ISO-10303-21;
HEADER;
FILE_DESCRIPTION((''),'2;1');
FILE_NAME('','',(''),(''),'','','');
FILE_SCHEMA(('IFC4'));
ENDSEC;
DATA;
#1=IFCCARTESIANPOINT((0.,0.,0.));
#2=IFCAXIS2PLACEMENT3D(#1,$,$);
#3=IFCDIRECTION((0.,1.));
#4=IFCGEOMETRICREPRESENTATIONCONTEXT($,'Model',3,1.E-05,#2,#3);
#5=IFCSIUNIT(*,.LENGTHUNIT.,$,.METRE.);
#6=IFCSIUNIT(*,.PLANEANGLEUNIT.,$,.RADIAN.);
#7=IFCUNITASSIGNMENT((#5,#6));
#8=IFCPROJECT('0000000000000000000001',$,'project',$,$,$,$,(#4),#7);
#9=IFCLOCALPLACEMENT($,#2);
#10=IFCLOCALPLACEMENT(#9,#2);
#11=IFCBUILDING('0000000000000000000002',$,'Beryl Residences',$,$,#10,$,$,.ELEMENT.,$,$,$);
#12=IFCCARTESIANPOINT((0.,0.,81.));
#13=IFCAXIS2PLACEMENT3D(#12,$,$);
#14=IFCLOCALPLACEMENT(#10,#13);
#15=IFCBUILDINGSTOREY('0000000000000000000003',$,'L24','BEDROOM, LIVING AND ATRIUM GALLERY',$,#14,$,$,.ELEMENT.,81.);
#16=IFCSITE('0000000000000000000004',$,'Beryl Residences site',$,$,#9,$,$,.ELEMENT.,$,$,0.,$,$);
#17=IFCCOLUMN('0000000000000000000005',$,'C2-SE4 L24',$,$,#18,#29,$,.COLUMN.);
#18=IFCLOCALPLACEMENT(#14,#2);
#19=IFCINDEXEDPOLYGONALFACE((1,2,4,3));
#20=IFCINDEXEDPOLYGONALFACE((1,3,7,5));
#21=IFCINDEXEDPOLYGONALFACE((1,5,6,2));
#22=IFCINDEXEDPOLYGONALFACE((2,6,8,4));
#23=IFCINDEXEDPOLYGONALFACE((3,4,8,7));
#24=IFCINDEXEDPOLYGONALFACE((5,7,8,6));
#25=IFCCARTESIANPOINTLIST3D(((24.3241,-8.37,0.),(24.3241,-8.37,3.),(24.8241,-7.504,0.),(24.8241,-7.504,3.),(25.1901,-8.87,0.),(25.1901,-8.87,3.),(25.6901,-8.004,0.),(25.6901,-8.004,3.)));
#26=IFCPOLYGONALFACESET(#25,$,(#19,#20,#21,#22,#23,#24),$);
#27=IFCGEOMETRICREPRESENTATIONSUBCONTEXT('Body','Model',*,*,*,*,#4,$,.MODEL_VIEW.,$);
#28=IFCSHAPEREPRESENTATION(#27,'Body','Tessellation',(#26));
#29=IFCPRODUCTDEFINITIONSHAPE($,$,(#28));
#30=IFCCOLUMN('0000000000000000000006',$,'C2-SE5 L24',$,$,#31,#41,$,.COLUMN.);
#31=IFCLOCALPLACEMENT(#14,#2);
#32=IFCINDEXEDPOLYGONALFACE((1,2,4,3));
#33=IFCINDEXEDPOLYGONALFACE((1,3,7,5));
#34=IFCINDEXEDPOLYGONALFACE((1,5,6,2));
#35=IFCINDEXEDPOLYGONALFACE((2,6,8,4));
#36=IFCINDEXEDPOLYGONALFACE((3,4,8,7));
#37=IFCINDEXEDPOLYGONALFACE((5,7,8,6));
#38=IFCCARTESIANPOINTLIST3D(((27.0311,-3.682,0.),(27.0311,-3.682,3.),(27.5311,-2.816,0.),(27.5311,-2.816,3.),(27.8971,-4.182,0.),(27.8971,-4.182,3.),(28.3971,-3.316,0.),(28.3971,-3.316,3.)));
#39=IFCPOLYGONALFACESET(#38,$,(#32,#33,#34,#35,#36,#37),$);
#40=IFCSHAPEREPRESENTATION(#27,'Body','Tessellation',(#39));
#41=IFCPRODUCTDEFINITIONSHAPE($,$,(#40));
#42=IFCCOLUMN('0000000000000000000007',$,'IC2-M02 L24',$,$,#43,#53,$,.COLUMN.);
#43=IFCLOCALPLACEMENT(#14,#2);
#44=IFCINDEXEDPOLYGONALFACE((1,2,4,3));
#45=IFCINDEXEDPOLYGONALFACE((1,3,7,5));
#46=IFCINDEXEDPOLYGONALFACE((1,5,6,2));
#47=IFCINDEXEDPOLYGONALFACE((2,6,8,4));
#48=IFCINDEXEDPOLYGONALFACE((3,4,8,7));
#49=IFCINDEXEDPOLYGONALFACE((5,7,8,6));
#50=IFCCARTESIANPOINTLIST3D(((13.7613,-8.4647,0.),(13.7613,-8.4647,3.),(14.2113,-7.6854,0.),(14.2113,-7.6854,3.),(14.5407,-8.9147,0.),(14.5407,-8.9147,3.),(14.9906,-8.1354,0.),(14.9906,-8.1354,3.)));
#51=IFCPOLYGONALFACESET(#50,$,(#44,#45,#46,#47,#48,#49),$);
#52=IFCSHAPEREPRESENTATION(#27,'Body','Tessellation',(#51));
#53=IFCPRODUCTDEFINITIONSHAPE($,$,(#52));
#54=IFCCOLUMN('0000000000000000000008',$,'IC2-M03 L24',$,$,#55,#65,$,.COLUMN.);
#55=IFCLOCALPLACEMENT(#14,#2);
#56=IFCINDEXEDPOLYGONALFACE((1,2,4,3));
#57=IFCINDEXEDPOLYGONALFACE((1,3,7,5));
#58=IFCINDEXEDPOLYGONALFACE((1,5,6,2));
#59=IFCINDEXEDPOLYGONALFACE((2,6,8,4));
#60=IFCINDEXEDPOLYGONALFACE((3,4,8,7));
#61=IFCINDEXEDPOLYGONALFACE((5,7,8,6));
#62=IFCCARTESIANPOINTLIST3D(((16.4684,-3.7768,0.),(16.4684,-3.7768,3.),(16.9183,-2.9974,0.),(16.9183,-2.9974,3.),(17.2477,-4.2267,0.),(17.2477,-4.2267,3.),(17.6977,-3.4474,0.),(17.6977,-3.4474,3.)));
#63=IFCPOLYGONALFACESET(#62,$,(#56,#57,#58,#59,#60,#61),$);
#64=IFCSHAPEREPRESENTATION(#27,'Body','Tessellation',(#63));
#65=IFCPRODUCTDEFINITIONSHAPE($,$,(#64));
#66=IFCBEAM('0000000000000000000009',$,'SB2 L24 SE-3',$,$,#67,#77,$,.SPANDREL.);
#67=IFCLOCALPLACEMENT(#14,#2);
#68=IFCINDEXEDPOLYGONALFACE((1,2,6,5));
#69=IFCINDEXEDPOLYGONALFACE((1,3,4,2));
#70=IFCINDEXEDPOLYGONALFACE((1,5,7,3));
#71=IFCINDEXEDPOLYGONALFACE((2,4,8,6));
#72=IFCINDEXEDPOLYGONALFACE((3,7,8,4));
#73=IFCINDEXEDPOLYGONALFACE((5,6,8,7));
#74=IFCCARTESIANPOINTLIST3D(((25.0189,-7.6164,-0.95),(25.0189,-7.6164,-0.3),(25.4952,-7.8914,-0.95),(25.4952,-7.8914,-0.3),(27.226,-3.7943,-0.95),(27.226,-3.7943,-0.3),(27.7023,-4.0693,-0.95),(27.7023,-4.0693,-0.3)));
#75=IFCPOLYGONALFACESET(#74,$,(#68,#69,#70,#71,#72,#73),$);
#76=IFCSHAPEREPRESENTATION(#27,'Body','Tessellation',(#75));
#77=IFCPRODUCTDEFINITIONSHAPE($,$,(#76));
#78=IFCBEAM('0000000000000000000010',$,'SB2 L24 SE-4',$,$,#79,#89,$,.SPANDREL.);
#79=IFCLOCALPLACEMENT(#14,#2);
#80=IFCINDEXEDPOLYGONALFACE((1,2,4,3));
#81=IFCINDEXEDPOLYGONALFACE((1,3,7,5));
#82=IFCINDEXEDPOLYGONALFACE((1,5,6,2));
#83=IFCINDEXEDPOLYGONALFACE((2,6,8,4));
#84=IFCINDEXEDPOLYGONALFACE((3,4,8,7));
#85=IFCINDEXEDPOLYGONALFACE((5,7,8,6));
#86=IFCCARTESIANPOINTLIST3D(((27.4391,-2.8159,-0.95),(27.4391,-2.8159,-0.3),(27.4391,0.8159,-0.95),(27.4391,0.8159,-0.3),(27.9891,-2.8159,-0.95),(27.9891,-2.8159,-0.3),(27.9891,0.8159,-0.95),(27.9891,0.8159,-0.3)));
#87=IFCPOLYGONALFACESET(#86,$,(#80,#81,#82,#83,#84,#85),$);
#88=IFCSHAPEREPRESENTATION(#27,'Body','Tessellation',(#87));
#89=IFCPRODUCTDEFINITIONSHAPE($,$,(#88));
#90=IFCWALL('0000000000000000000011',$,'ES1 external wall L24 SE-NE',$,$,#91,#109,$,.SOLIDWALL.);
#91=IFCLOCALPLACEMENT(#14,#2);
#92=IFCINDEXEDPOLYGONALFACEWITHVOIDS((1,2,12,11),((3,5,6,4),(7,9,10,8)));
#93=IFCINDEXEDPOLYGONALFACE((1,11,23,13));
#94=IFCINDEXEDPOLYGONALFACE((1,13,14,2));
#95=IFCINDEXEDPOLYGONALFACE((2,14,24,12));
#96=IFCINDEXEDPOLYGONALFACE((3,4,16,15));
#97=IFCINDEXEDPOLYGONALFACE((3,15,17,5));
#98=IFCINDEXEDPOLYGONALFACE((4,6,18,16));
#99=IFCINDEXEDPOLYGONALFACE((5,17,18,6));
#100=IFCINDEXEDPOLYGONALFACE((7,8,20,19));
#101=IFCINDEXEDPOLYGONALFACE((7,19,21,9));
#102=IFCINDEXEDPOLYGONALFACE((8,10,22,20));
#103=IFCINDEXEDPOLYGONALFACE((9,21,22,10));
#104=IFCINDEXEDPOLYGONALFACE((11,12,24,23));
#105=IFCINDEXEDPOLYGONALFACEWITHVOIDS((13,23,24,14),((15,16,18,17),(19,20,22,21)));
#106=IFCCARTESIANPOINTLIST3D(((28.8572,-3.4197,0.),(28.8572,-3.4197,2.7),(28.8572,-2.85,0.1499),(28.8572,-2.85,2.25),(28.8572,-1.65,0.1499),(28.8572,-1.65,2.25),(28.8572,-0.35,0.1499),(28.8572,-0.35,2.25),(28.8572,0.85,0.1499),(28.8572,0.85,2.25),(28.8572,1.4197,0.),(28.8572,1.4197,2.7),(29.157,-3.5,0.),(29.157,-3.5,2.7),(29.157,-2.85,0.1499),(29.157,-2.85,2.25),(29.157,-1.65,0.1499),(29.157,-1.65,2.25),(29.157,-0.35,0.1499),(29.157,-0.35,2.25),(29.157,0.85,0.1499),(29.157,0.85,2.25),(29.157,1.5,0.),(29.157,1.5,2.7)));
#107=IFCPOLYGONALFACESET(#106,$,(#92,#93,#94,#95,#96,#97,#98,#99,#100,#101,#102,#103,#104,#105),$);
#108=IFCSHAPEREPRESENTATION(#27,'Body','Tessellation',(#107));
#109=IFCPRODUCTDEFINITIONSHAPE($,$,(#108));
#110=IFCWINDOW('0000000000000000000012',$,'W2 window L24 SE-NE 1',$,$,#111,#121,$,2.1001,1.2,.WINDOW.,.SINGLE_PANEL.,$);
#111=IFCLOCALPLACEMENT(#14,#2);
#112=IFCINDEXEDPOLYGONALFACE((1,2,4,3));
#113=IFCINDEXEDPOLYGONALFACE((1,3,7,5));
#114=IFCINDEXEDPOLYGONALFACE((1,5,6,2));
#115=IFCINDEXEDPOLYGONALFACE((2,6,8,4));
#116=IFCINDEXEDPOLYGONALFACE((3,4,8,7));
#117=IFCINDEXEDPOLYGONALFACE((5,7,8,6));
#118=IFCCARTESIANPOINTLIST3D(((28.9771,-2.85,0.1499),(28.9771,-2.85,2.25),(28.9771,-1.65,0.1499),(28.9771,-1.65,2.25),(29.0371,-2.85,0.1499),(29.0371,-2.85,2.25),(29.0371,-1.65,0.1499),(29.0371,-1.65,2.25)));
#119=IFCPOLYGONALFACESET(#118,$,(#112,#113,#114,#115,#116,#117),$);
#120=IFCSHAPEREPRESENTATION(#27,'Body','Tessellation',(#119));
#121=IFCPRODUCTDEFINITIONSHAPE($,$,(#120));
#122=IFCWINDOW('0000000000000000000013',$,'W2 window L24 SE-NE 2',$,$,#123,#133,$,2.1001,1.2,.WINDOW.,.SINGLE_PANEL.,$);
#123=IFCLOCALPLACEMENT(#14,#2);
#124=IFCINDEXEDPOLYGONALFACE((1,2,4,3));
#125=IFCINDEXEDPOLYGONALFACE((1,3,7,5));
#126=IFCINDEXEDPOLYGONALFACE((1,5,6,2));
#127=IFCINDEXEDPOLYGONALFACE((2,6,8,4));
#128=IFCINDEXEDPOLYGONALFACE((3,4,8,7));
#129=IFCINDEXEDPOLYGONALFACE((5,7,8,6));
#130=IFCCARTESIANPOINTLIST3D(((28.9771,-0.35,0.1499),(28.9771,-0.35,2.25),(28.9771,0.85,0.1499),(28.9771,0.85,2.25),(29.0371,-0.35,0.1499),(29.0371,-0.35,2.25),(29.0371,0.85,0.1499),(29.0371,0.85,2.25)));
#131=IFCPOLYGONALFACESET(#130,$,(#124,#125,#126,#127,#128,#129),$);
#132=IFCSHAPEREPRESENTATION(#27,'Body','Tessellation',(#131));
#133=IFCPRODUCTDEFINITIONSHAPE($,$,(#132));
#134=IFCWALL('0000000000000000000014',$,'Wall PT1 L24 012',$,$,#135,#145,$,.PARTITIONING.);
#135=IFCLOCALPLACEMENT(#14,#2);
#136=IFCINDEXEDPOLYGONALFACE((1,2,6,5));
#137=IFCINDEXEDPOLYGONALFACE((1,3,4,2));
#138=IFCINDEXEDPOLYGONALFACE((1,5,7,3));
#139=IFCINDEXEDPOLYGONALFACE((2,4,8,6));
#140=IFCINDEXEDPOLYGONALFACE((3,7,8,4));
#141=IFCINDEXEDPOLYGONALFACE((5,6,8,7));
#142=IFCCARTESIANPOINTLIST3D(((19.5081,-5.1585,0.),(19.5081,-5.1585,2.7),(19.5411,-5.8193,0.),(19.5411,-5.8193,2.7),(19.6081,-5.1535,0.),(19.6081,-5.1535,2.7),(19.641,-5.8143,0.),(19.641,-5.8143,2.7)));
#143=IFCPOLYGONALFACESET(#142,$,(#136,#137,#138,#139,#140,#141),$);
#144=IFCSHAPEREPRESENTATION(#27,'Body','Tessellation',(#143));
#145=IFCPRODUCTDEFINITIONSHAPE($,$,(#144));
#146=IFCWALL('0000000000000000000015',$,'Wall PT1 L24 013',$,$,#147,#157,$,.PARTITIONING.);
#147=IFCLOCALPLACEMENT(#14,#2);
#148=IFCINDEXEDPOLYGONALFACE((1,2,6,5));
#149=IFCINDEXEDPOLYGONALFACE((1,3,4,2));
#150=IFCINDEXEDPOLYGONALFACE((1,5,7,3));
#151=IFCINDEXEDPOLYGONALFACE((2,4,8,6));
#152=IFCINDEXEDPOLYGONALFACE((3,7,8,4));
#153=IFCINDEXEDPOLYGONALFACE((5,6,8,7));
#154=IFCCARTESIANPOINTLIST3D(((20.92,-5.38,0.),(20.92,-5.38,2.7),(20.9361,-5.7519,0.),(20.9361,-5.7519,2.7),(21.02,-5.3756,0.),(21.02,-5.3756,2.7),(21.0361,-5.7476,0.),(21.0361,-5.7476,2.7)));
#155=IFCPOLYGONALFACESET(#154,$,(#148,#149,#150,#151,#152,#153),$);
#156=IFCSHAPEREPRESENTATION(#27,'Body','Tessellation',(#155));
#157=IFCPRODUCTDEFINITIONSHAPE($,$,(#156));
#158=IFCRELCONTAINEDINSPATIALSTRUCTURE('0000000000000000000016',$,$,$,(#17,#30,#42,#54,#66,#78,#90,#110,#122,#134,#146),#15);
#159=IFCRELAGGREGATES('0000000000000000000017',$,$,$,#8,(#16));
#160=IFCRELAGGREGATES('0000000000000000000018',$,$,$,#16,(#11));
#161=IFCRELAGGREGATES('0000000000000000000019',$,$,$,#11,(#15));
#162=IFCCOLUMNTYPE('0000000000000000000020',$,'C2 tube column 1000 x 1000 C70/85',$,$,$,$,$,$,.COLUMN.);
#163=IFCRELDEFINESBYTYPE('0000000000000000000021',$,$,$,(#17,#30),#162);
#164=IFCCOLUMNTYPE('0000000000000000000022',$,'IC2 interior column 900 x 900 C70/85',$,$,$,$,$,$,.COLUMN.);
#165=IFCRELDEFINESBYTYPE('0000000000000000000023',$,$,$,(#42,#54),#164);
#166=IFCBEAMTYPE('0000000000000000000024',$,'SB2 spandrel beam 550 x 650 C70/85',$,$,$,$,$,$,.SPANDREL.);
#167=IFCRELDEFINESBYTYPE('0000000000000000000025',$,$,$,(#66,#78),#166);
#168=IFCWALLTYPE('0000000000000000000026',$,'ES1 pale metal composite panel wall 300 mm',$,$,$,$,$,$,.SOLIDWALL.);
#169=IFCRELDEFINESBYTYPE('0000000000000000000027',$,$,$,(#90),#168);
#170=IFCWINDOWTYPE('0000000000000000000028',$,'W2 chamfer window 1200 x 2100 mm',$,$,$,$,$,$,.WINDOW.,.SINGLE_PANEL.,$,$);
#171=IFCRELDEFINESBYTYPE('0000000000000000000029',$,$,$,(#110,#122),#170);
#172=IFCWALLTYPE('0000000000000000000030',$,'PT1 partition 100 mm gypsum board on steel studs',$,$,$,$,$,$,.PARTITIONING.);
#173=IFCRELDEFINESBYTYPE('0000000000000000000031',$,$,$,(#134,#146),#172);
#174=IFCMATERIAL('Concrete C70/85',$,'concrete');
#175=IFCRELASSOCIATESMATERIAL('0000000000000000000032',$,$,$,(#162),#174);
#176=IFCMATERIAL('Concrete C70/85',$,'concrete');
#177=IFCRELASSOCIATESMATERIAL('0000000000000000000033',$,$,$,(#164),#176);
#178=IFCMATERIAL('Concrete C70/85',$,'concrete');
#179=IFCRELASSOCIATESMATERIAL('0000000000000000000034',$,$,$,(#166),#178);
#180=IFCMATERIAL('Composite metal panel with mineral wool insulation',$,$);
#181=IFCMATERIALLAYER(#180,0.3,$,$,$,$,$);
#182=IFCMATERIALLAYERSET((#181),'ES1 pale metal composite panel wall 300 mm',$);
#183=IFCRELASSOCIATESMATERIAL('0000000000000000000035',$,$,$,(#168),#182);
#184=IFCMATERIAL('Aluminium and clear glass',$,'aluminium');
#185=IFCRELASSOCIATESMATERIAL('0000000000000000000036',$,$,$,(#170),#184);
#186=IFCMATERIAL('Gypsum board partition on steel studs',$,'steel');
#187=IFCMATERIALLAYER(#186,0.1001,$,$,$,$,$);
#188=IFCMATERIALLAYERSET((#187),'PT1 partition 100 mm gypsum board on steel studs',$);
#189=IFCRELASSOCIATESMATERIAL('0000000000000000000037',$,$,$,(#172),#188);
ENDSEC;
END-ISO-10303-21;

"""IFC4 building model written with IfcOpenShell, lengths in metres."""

from ifc_helpers import new_model, si_unit, direction, frame, frame_2d, origin, origin_2d, place, context, subcontext, project, spatial, polyline, rectangle, outline, extrude, material, layer, layer_set, material_profile, profile_set, type_object, element, fill, save


model = new_model("IFC4")

# Units and contexts
model_context = context("Model", 3, precision=1e-05, world=origin(), true_north=direction((0.0, 1.0)))
body_context = subcontext(model_context, "Body", "Model", "MODEL_VIEW")
ifc_project = project(units=[si_unit("LENGTHUNIT", "METRE"), si_unit("PLANEANGLEUNIT", "RADIAN")], contexts=[model_context])

# Site, building, storey
site_placement = place(None, origin())
site = spatial("IfcSite", under=ifc_project, at=site_placement, Name="Beryl Residences site", CompositionType="ELEMENT", RefElevation=0.0)
building_placement = place(site_placement, origin())
building = spatial("IfcBuilding", under=site, at=building_placement, Name="Beryl Residences", CompositionType="ELEMENT")
storey_placement = place(building_placement, frame((0.0, 0.0, 81.0)))
storey = spatial("IfcBuildingStorey", under=building, at=storey_placement, Name="L24", Description="BEDROOM, LIVING AND ATRIUM GALLERY", CompositionType="ELEMENT", Elevation=81.0)

# Columns
ifc_material_1 = material(Name="Concrete C70/85", Category="concrete")
ifc_material_profile_1 = material_profile(ifc_material_1, rectangle(XDim=1.0, YDim=1.0, at=origin_2d()))
ifc_profile_set_1 = profile_set([ifc_material_profile_1], Name="Concrete C70/85")
column_type_1 = type_object("IfcColumnType", Name="C2 tube column 1000 x 1000 C70/85", PredefinedType="COLUMN", material=ifc_profile_set_1)
for number, where, z_axis, x_axis, name in (
    (1, (25.0071, -8.187, 0.0), (0.0, 0.0, 1.0), (0.5, 0.866025, 0.0), "C2-SE4 L24"),
    (2, (27.7141, -3.499, 0.0), (0.0, 0.0, 1.0), (0.5, 0.866025, 0.0), "C2-SE5 L24"),
):
    element("IfcColumn", number, at=place(storey_placement, frame(where, z_axis=z_axis, x_axis=x_axis)), inside=storey, type_object=column_type_1, Name=name, PredefinedType="COLUMN", context=body_context, shape_type="SweptSolid", body=[
        extrude(rectangle(XDim=1.0, YDim=1.0, at=origin_2d()), origin(), (0.0, 0.0, 1.0), 3.0),
    ])
ifc_material_2 = material(Name="Concrete C70/85", Category="concrete")
ifc_material_profile_2 = material_profile(ifc_material_2, rectangle(XDim=0.8999, YDim=0.8999, at=origin_2d()))
ifc_profile_set_2 = profile_set([ifc_material_profile_2], Name="Concrete C70/85")
column_type_2 = type_object("IfcColumnType", Name="IC2 interior column 900 x 900 C70/85", PredefinedType="COLUMN", material=ifc_profile_set_2)
for number, where, z_axis, x_axis, name in (
    (3, (14.376, -8.3, 0.0), (0.0, 0.0, 1.0), (0.5, 0.866025, 0.0), "IC2-M02 L24"),
    (4, (17.083, -3.6121, 0.0), (0.0, 0.0, 1.0), (0.5, 0.866025, 0.0), "IC2-M03 L24"),
):
    element("IfcColumn", number, at=place(storey_placement, frame(where, z_axis=z_axis, x_axis=x_axis)), inside=storey, type_object=column_type_2, Name=name, PredefinedType="COLUMN", context=body_context, shape_type="SweptSolid", body=[
        extrude(rectangle(XDim=0.8999, YDim=0.8999, at=origin_2d()), origin(), (0.0, 0.0, 1.0), 3.0),
    ])

# Beams
ifc_material_3 = material(Name="Concrete C70/85", Category="concrete")
ifc_material_profile_3 = material_profile(ifc_material_3, rectangle(XDim=0.55, YDim=0.6499, at=origin_2d()))
ifc_profile_set_3 = profile_set([ifc_material_profile_3], Name="Concrete C70/85")
beam_type = type_object("IfcBeamType", Name="SB2 spandrel beam 550 x 650 C70/85", PredefinedType="SPANDREL", material=ifc_profile_set_3)
beam_1_placement = place(storey_placement, frame((25.2571, -7.7539, -0.625), z_axis=(0.500066, 0.865988, 0.0), x_axis=(-0.865988, 0.500066, 0.0)))
element("IfcBeam", 5, at=beam_1_placement, inside=storey, type_object=beam_type, Name="SB2 L24 SE-3", PredefinedType="SPANDREL", context=body_context, shape_type="SweptSolid", body=[
    extrude(rectangle(XDim=0.55, YDim=0.6499, at=origin_2d()), origin(), (0.0, 0.0, 1.0), 4.4136),
])
beam_2_placement = place(storey_placement, frame((27.7141, -2.8159, -0.625), z_axis=(0.0, 1.0, 0.0), x_axis=(-1.0, 0.0, 0.0)))
element("IfcBeam", 6, at=beam_2_placement, inside=storey, type_object=beam_type, Name="SB2 L24 SE-4", PredefinedType="SPANDREL", context=body_context, shape_type="SweptSolid", body=[
    extrude(rectangle(XDim=0.55, YDim=0.6499, at=origin_2d()), origin(), (0.0, 0.0, 1.0), 3.6318),
])

# Wall, openings, windows
ifc_material_4 = material(Name="Composite metal panel with mineral wool insulation")
ifc_layer_1 = layer(ifc_material_4, 0.3)
ifc_layer_set_1 = layer_set([ifc_layer_1], Name="ES1 pale metal composite panel wall 300 mm")
wall_type_1 = type_object("IfcWallType", Name="ES1 pale metal composite panel wall 300 mm", PredefinedType="SOLIDWALL", material=ifc_layer_set_1)
wall_1_placement = place(storey_placement, frame((29.0071, -3.5, 0.0), z_axis=(0.0, 0.0, 1.0), x_axis=(0.0, 1.0, 0.0)))
wall_1 = element("IfcWall", 7, at=wall_1_placement, inside=storey, type_object=wall_type_1, Name="ES1 external wall L24 SE-NE", PredefinedType="SOLIDWALL", context=body_context, shape_type="SweptSolid", body=[
    extrude(outline(polyline([(0.0, -0.1499), (5.0, -0.1499), (4.9197, 0.1499), (0.0803, 0.1499), (0.0, -0.1499)])), origin(), (0.0, 0.0, 1.0), 2.7),
])
opening_1_placement = place(wall_1_placement, frame((0.6499, 0.0, 0.1499)))
opening_1 = element("IfcOpeningElement", 8, at=opening_1_placement, cuts=wall_1, PredefinedType="OPENING", context=body_context, shape_type="SweptSolid", body=[
    extrude(rectangle(XDim=1.2, YDim=2.1001, at=frame_2d((0.6001, 1.05))), frame((0.0, 0.1599, 0.0), z_axis=(0.0, -1.0, 0.0), x_axis=(1.0, 0.0, 0.0)), (0.0, 0.0, 1.0), 0.3201),
])
opening_2_placement = place(wall_1_placement, frame((3.1499, 0.0, 0.1499)))
opening_2 = element("IfcOpeningElement", 9, at=opening_2_placement, cuts=wall_1, PredefinedType="OPENING", context=body_context, shape_type="SweptSolid", body=[
    extrude(rectangle(XDim=1.2, YDim=2.1001, at=frame_2d((0.6001, 1.05))), frame((0.0, 0.1599, 0.0), z_axis=(0.0, -1.0, 0.0), x_axis=(1.0, 0.0, 0.0)), (0.0, 0.0, 1.0), 0.3201),
])
ifc_material_5 = material(Name="Aluminium and clear glass", Category="aluminium")
window_type = type_object("IfcWindowType", Name="W2 chamfer window 1200 x 2100 mm", PartitioningType="SINGLE_PANEL", PredefinedType="WINDOW", material=ifc_material_5)
window_1_placement = place(opening_1_placement, origin())
window_1 = element("IfcWindow", 10, at=window_1_placement, inside=storey, type_object=window_type, Name="W2 window L24 SE-NE 1", OverallHeight=2.1001, OverallWidth=1.2, PartitioningType="SINGLE_PANEL", PredefinedType="WINDOW", context=body_context, shape_type="SweptSolid", body=[
    extrude(rectangle(XDim=1.2, YDim=2.1001, at=frame_2d((0.6001, 1.05))), frame((0.0, 0.03, 0.0), z_axis=(0.0, -1.0, 0.0), x_axis=(1.0, 0.0, 0.0)), (0.0, 0.0, 1.0), 0.0601),
])
fill(opening_1, window_1)
window_2_placement = place(opening_2_placement, origin())
window_2 = element("IfcWindow", 11, at=window_2_placement, inside=storey, type_object=window_type, Name="W2 window L24 SE-NE 2", OverallHeight=2.1001, OverallWidth=1.2, PartitioningType="SINGLE_PANEL", PredefinedType="WINDOW", context=body_context, shape_type="SweptSolid", body=[
    extrude(rectangle(XDim=1.2, YDim=2.1001, at=frame_2d((0.6001, 1.05))), frame((0.0, 0.03, 0.0), z_axis=(0.0, -1.0, 0.0), x_axis=(1.0, 0.0, 0.0)), (0.0, 0.0, 1.0), 0.0601),
])
fill(opening_2, window_2)

# Walls
ifc_material_6 = material(Name="Gypsum board partition on steel studs", Category="steel")
ifc_layer_2 = layer(ifc_material_6, 0.1001)
ifc_layer_set_2 = layer_set([ifc_layer_2], Name="PT1 partition 100 mm gypsum board on steel studs")
wall_type_2 = type_object("IfcWallType", Name="PT1 partition 100 mm gypsum board on steel studs", PredefinedType="PARTITIONING", material=ifc_layer_set_2)
wall_2_placement = place(storey_placement, frame((19.5581, -5.156, 0.0), z_axis=(0.0, 0.0, 1.0), x_axis=(0.049809, -0.998759, 0.0)))
element("IfcWall", 12, at=wall_2_placement, inside=storey, type_object=wall_type_2, Name="Wall PT1 L24 012", PredefinedType="PARTITIONING", context=body_context, shape_type="SweptSolid", body=[
    extrude(rectangle(XDim=0.6616, YDim=0.1001, at=frame_2d((0.3308, 0.0))), origin(), (0.0, 0.0, 1.0), 2.7),
])
wall_3_placement = place(storey_placement, frame((20.97, -5.3779, 0.0), z_axis=(0.0, 0.0, 1.0), x_axis=(0.043267, -0.999064, 0.0)))
element("IfcWall", 13, at=wall_3_placement, inside=storey, type_object=wall_type_2, Name="Wall PT1 L24 013", PredefinedType="PARTITIONING", context=body_context, shape_type="SweptSolid", body=[
    extrude(rectangle(XDim=0.3723, YDim=0.1001, at=frame_2d((0.186, 0.0))), origin(), (0.0, 0.0, 1.0), 2.7),
])

save(model, "model.ifc")
